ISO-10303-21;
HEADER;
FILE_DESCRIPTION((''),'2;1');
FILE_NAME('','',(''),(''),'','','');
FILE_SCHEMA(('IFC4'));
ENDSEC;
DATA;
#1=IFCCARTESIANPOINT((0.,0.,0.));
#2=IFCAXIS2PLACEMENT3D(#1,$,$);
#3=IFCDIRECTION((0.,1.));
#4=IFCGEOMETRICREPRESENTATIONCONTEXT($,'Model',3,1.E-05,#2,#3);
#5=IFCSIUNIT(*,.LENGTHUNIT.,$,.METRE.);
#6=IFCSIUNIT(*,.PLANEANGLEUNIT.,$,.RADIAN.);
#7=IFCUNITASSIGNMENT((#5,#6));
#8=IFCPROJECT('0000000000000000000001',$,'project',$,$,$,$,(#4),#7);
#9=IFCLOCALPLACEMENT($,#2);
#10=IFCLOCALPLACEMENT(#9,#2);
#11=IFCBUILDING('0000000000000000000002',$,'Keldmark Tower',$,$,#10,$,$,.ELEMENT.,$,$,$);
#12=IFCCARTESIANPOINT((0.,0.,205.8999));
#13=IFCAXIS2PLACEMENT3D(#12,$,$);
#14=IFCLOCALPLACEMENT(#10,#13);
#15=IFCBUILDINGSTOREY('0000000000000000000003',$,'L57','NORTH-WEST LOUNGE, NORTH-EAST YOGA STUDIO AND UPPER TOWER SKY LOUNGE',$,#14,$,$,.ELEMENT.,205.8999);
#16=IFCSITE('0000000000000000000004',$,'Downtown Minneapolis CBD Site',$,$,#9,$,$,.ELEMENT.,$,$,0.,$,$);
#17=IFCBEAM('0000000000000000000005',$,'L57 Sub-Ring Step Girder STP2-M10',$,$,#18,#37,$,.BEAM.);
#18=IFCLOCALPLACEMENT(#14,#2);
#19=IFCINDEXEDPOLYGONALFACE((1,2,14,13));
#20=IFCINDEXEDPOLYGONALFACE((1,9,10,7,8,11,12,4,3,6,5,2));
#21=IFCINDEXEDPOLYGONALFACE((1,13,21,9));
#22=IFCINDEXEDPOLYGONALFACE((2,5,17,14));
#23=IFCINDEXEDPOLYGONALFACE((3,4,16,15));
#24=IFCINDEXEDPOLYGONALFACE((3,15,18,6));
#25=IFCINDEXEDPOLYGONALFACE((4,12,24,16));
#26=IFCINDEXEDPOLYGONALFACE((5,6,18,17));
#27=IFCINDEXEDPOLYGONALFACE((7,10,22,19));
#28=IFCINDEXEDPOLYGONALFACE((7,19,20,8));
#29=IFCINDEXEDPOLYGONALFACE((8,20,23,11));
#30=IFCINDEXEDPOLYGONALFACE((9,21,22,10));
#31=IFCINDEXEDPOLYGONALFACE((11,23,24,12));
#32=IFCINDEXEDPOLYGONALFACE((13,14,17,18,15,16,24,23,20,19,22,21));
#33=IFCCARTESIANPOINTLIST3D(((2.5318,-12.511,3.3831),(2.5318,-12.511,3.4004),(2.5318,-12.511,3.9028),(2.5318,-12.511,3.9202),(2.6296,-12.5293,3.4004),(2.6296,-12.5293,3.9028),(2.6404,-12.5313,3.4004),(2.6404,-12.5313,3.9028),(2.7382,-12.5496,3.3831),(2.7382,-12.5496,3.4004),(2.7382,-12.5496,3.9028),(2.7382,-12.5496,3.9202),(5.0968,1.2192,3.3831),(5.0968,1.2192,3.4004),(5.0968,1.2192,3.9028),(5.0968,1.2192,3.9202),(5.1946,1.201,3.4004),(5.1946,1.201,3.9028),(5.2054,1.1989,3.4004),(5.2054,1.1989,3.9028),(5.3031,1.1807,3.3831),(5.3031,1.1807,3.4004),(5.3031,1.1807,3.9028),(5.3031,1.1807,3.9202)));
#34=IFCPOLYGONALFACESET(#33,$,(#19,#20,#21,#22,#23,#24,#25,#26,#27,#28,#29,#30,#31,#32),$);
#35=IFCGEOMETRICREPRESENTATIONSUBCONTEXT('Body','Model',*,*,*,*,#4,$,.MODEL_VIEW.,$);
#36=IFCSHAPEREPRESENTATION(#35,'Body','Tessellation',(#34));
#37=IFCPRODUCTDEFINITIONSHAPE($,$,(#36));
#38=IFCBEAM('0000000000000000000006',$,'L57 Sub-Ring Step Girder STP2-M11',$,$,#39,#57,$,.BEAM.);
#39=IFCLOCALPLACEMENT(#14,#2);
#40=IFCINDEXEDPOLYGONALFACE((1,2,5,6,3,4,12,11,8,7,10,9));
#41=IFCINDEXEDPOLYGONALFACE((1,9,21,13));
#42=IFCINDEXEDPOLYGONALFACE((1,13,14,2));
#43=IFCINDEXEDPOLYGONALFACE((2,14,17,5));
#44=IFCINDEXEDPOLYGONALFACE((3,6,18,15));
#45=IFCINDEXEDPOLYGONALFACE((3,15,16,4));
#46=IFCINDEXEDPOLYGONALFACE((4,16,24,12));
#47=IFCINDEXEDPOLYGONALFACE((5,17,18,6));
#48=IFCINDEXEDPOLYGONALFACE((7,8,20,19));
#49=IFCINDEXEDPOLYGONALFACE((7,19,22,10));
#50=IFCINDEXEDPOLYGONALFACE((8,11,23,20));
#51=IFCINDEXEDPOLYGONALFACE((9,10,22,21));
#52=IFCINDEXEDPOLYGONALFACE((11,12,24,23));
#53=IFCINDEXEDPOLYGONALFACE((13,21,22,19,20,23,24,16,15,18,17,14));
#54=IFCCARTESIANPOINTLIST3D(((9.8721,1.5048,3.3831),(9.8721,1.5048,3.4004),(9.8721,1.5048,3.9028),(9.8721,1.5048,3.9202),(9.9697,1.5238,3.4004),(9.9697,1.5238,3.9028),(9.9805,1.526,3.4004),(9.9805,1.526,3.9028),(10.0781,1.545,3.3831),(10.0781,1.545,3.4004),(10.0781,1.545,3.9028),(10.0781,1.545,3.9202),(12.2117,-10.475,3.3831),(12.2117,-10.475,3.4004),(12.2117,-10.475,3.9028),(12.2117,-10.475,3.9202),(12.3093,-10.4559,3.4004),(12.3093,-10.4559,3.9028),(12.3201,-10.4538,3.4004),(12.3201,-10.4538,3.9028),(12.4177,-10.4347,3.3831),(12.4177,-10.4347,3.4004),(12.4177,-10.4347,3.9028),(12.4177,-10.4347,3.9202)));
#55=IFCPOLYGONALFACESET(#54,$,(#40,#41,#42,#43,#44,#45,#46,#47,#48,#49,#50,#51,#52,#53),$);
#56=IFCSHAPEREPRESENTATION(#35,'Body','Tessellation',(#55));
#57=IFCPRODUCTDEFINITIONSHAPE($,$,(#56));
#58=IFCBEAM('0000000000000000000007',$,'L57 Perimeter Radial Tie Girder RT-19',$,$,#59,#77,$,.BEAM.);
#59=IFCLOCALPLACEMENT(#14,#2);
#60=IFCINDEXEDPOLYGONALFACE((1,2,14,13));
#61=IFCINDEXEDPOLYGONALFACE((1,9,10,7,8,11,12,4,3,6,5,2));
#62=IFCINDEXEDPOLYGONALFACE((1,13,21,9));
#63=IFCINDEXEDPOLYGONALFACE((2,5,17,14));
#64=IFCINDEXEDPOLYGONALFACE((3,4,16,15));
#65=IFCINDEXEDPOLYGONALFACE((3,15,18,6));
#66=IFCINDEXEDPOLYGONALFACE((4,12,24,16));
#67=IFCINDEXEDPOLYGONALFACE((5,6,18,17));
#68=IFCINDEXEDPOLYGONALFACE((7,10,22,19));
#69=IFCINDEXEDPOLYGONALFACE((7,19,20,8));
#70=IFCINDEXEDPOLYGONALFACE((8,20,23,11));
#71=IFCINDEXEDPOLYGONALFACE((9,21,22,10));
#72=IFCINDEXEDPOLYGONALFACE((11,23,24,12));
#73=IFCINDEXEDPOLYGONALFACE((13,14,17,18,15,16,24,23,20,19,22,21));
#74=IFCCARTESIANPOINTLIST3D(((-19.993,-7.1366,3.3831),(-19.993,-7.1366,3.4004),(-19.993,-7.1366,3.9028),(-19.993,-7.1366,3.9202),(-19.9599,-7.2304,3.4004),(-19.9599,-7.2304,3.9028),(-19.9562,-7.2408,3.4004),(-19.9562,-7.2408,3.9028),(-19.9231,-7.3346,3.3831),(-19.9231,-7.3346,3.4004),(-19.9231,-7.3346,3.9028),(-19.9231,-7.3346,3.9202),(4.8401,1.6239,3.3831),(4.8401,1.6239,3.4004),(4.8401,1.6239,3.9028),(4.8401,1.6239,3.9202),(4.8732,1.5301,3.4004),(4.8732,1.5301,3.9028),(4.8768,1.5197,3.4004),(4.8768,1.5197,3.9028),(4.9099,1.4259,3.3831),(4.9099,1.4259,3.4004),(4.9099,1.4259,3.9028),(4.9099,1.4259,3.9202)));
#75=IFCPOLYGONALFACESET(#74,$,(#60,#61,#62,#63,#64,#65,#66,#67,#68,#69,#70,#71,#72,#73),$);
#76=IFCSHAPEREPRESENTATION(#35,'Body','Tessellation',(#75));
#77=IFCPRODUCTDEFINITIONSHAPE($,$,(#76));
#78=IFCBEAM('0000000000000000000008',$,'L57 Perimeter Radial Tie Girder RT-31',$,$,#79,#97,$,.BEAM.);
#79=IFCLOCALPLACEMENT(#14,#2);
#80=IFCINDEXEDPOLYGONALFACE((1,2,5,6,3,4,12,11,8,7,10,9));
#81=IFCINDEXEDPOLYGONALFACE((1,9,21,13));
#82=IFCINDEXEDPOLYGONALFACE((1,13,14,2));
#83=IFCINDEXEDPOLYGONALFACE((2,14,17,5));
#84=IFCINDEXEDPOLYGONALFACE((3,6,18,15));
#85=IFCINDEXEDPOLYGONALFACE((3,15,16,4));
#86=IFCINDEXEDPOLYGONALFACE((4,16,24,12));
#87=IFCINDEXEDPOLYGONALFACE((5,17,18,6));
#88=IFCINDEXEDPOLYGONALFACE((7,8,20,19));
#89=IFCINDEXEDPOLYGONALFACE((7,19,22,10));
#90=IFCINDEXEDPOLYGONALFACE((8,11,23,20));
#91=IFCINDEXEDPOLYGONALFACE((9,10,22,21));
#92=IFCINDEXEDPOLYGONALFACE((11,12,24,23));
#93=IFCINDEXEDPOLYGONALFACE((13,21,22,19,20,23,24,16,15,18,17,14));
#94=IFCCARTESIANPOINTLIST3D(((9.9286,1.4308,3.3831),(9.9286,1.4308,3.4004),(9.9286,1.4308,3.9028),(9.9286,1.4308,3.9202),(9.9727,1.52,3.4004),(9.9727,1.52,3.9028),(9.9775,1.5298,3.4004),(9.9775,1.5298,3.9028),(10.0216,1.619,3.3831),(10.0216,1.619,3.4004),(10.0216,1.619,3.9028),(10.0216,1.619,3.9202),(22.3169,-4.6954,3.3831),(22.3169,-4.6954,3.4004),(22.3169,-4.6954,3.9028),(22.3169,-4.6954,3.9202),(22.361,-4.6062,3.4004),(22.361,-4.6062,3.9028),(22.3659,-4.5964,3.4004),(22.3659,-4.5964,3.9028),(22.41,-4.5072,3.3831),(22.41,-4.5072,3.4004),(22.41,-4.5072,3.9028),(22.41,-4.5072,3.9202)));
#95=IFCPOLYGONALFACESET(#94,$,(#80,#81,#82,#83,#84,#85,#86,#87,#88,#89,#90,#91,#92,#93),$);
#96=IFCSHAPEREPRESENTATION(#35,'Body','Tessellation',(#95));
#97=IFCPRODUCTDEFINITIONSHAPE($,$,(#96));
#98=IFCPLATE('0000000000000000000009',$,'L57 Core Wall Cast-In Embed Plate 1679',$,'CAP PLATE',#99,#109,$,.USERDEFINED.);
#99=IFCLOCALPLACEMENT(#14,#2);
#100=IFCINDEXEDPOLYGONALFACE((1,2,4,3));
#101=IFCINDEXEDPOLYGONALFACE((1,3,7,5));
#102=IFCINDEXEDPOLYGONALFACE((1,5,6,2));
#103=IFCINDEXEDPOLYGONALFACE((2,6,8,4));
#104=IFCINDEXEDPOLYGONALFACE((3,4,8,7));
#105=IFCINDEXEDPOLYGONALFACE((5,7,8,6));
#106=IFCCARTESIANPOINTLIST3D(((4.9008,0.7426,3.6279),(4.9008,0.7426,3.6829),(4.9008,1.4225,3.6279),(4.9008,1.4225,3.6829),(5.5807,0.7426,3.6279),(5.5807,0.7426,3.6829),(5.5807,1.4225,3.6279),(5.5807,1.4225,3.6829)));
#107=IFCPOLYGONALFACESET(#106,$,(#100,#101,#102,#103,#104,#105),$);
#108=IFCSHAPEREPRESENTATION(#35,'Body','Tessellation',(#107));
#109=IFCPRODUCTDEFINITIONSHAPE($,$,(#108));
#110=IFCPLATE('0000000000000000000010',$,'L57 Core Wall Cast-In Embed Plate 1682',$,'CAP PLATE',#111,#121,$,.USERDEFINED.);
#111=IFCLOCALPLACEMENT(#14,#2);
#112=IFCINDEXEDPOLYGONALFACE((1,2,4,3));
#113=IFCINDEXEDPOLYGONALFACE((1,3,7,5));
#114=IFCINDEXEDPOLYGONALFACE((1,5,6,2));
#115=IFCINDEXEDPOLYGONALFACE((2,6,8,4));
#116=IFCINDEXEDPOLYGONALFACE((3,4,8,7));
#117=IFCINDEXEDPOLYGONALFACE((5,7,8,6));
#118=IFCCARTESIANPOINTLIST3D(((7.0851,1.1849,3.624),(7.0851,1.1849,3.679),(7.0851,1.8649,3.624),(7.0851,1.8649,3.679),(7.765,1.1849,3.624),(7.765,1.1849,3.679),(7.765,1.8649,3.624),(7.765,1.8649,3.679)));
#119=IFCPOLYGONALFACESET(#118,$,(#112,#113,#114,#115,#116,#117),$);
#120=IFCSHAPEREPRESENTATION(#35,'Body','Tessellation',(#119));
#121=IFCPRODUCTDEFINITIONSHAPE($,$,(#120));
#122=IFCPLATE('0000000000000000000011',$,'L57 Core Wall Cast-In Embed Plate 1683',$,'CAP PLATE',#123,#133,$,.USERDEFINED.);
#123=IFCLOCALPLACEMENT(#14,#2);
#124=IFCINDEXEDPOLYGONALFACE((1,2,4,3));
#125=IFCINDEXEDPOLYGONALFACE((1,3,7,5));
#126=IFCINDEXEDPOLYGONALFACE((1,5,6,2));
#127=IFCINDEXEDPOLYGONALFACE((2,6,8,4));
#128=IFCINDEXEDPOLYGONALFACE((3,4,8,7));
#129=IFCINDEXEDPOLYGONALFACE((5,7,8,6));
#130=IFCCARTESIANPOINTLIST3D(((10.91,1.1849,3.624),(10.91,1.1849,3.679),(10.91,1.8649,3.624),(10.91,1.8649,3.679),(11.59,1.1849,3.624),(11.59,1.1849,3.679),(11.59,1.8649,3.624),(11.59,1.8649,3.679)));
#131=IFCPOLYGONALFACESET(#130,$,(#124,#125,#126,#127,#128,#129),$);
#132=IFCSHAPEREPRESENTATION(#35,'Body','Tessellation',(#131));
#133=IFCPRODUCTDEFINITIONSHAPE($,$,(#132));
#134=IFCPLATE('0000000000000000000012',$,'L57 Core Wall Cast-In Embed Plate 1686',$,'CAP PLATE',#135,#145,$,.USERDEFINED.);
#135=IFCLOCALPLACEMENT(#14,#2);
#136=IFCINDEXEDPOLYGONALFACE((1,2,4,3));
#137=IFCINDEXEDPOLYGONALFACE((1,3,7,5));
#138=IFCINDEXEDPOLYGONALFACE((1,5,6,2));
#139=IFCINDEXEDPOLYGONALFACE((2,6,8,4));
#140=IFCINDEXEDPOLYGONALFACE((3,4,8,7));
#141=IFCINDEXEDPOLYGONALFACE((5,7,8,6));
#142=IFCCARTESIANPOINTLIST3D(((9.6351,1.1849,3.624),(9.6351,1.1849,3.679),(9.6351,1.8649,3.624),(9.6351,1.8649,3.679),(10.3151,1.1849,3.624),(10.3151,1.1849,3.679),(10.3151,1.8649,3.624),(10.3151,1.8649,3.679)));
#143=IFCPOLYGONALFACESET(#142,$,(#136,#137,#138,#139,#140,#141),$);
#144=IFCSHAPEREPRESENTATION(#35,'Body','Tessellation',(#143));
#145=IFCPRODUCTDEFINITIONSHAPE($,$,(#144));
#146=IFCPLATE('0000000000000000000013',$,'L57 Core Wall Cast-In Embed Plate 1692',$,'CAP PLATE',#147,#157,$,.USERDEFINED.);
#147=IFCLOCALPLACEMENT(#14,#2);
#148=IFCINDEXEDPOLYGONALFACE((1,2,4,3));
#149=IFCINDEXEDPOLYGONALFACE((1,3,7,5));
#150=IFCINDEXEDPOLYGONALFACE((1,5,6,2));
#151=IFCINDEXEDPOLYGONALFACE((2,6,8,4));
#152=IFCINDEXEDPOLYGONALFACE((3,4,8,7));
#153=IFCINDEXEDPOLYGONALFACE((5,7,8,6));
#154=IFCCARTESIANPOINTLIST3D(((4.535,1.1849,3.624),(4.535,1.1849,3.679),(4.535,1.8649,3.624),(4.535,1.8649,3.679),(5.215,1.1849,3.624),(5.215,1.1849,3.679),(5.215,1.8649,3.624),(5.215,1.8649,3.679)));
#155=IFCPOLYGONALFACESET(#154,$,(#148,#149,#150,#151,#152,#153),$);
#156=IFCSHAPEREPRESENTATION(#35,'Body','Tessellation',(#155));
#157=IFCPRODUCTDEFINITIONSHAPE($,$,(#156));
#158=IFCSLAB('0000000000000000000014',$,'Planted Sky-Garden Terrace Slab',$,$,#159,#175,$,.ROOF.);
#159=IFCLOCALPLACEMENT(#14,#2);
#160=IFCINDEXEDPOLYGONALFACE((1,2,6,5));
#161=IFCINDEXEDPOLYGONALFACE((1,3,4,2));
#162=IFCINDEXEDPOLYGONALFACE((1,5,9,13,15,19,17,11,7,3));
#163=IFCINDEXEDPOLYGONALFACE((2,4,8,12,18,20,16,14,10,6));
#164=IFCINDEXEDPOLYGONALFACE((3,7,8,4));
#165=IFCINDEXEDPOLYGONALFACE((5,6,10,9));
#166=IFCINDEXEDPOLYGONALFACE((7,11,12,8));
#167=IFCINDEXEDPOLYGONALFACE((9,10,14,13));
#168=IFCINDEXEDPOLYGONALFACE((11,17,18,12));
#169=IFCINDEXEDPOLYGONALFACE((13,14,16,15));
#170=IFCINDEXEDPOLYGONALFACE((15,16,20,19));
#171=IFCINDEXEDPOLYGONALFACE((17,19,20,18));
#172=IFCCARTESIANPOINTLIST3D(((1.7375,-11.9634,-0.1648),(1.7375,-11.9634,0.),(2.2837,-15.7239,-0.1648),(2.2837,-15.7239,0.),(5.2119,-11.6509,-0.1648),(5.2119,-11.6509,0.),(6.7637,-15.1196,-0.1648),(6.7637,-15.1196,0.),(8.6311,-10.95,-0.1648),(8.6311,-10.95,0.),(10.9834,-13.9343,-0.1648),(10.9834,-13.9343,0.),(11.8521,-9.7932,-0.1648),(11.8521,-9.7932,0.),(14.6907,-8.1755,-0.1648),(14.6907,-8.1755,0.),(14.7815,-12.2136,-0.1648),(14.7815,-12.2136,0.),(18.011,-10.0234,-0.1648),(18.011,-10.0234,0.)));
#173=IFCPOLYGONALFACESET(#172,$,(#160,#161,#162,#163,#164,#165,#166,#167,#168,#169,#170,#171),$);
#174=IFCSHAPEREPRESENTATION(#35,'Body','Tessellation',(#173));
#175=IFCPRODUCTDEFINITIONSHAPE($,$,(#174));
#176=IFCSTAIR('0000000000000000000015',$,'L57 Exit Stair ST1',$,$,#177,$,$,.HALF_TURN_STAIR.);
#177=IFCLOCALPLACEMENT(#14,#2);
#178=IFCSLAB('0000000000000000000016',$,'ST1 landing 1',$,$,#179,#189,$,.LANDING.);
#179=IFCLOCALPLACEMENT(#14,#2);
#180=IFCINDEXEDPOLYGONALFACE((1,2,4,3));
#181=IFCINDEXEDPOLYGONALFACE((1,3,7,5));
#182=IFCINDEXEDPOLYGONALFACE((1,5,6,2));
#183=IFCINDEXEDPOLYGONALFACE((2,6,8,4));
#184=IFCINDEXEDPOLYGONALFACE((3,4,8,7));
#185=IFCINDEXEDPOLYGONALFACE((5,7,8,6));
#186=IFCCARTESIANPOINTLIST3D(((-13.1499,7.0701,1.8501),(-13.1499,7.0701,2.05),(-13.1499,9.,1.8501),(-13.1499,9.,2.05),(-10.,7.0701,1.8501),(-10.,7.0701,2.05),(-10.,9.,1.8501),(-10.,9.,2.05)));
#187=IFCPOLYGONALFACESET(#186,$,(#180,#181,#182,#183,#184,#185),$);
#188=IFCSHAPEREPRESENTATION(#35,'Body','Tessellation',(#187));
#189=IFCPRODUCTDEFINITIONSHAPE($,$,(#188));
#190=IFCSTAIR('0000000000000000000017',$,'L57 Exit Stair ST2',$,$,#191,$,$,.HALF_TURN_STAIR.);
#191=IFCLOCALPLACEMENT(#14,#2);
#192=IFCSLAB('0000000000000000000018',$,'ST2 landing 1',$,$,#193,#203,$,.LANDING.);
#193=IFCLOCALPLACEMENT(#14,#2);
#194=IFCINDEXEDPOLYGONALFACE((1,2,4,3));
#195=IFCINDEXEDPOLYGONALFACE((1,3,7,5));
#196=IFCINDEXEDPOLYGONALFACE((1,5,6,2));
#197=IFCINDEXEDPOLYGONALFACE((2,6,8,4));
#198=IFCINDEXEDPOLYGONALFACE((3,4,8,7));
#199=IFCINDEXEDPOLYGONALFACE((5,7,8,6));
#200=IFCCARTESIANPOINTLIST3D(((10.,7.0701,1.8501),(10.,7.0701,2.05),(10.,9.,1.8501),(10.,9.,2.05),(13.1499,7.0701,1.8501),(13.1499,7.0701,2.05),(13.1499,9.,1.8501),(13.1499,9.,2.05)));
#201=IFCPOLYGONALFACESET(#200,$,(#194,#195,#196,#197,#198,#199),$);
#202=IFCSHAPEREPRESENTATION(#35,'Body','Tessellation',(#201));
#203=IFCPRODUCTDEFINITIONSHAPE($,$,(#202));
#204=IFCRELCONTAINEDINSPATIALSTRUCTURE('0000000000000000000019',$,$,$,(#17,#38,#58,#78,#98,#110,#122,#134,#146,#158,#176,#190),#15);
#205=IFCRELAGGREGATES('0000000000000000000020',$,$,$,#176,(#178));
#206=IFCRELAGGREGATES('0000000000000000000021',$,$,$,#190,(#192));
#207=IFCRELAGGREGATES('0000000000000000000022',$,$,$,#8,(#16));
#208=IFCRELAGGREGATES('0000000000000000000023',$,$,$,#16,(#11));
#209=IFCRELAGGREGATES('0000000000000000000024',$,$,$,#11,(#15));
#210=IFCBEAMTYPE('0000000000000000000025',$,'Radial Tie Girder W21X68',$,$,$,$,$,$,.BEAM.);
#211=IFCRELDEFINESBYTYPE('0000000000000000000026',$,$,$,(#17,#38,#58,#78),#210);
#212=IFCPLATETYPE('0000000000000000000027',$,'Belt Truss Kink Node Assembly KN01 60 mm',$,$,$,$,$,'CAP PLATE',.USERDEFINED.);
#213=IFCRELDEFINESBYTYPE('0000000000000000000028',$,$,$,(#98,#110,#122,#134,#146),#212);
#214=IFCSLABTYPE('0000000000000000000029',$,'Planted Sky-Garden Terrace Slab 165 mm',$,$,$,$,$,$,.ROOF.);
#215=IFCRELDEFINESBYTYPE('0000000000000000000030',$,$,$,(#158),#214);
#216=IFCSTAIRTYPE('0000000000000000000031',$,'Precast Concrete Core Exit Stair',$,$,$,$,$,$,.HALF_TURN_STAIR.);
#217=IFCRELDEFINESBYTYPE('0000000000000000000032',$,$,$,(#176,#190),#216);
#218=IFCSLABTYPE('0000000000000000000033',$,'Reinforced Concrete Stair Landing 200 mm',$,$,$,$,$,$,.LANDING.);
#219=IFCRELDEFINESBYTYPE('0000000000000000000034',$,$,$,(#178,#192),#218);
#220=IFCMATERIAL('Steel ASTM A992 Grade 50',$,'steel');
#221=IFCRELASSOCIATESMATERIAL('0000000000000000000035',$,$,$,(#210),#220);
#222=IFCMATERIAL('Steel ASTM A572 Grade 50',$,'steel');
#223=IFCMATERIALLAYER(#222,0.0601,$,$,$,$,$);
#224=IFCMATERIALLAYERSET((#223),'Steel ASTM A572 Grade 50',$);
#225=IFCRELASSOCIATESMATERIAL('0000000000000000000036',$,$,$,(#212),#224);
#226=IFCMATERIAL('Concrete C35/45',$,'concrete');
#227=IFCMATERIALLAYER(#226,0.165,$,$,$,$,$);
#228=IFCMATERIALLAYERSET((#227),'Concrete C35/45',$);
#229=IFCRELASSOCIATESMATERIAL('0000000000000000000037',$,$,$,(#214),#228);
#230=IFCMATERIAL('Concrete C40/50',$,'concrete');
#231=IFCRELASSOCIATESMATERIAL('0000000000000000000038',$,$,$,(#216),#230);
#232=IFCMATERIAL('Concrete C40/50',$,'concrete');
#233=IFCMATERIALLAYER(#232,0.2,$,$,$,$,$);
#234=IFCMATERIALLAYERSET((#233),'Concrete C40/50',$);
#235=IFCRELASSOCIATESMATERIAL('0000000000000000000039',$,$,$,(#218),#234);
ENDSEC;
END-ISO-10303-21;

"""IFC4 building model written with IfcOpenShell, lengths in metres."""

from ifc_helpers import new_model, si_unit, direction, frame, origin, origin_2d, place, context, subcontext, project, spatial, polyline, rectangle, i_section, outline, extrude, material, layer, layer_set, material_profile, profile_set, type_object, element, aggregate, save


model = new_model("IFC4")

# Units and contexts
model_context = context("Model", 3, precision=1e-05, world=origin(), true_north=direction((0.0, 1.0)))
body_context = subcontext(model_context, "Body", "Model", "MODEL_VIEW")
ifc_project = project(units=[si_unit("LENGTHUNIT", "METRE"), si_unit("PLANEANGLEUNIT", "RADIAN")], contexts=[model_context])

# Site, building, storey
site_placement = place(None, origin())
site = spatial("IfcSite", under=ifc_project, at=site_placement, Name="Downtown Minneapolis CBD Site", CompositionType="ELEMENT", RefElevation=0.0)
building_placement = place(site_placement, origin())
building = spatial("IfcBuilding", under=site, at=building_placement, Name="Keldmark Tower", CompositionType="ELEMENT")
storey_placement = place(building_placement, frame((0.0, 0.0, 205.8999)))
storey = spatial("IfcBuildingStorey", under=building, at=storey_placement, Name="L57", Description="NORTH-WEST LOUNGE, NORTH-EAST YOGA STUDIO AND UPPER TOWER SKY LOUNGE", CompositionType="ELEMENT", Elevation=205.8999)

# Beams
ifc_material_1 = material(Name="Steel ASTM A992 Grade 50", Category="steel")
ifc_material_profile_1 = material_profile(ifc_material_1, i_section(OverallWidth=0.21, OverallDepth=0.5371, WebThickness=0.011, FlangeThickness=0.0173, at=origin_2d()), Name="W21X68")
ifc_profile_set_1 = profile_set([ifc_material_profile_1], Name="Steel ASTM A992 Grade 50")
beam_type_1 = type_object("IfcBeamType", Name="Radial Tie Girder W21X68", PredefinedType="BEAM", material=ifc_profile_set_1)
beam_1_placement = place(storey_placement, frame((5.2, 1.2, 3.6516), z_axis=(-0.183633, -0.982995, 0.0), x_axis=(0.982995, -0.183633, 0.0)))
element("IfcBeam", 1, at=beam_1_placement, inside=storey, type_object=beam_type_1, Name="L57 Sub-Ring Step Girder STP2-M10", PredefinedType="BEAM", context=body_context, shape_type="SweptSolid", body=[
    extrude(i_section(OverallWidth=0.21, OverallDepth=0.5371, WebThickness=0.011, FlangeThickness=0.0173, at=origin_2d()), origin(), (0.0, 0.0, 1.0), 13.9678),
])
beam_2_placement = place(storey_placement, frame((9.9751, 1.5249, 3.6516), z_axis=(0.191675, -0.981458, 0.0), x_axis=(0.981458, 0.191675, 0.0)))
element("IfcBeam", 2, at=beam_2_placement, inside=storey, type_object=beam_type_1, Name="L57 Sub-Ring Step Girder STP2-M11", PredefinedType="BEAM", context=body_context, shape_type="SweptSolid", body=[
    extrude(i_section(OverallWidth=0.21, OverallDepth=0.5371, WebThickness=0.011, FlangeThickness=0.0173, at=origin_2d()), origin(), (0.0, 0.0, 1.0), 12.2061),
])
beam_3_placement = place(storey_placement, frame((4.875, 1.5249, 3.6516), z_axis=(-0.943039, -0.332682, 0.0), x_axis=(0.332682, -0.943039, 0.0)))
element("IfcBeam", 3, at=beam_3_placement, inside=storey, type_object=beam_type_1, Name="L57 Perimeter Radial Tie Girder RT-19", PredefinedType="BEAM", context=body_context, shape_type="SweptSolid", body=[
    extrude(i_section(OverallWidth=0.21, OverallDepth=0.5371, WebThickness=0.011, FlangeThickness=0.0173, at=origin_2d()), origin(), (0.0, 0.0, 1.0), 26.333),
])
beam_4_placement = place(storey_placement, frame((9.9751, 1.5249, 3.6516), z_axis=(0.896386, -0.443273, 0.0), x_axis=(0.443273, 0.896386, 0.0)))
element("IfcBeam", 4, at=beam_4_placement, inside=storey, type_object=beam_type_1, Name="L57 Perimeter Radial Tie Girder RT-31", PredefinedType="BEAM", context=body_context, shape_type="SweptSolid", body=[
    extrude(i_section(OverallWidth=0.21, OverallDepth=0.5371, WebThickness=0.011, FlangeThickness=0.0173, at=origin_2d()), origin(), (0.0, 0.0, 1.0), 13.8203),
])

# Plates
ifc_material_2 = material(Name="Steel ASTM A572 Grade 50", Category="steel")
ifc_layer_1 = layer(ifc_material_2, 0.0601)
ifc_layer_set_1 = layer_set([ifc_layer_1], Name="Steel ASTM A572 Grade 50")
plate_type = type_object("IfcPlateType", Name="Belt Truss Kink Node Assembly KN01 60 mm", ElementType="CAP PLATE", PredefinedType="USERDEFINED", material=ifc_layer_set_1)
for number, where, z_axis, x_axis, name in (
    (5, (5.2407, 1.0825, 3.6279), (0.0, 0.0, 1.0), (1.0, 0.0, 0.0), "L57 Core Wall Cast-In Embed Plate 1679"),
    (6, (7.425, 1.5249, 3.624), (0.0, 0.0, 1.0), (1.0, 0.0, 0.0), "L57 Core Wall Cast-In Embed Plate 1682"),
    (7, (11.25, 1.5249, 3.624), (0.0, 0.0, 1.0), (1.0, 0.0, 0.0), "L57 Core Wall Cast-In Embed Plate 1683"),
    (8, (9.9751, 1.5249, 3.624), (0.0, 0.0, 1.0), (1.0, 0.0, 0.0), "L57 Core Wall Cast-In Embed Plate 1686"),
    (9, (4.875, 1.5249, 3.624), (0.0, 0.0, 1.0), (1.0, 0.0, 0.0), "L57 Core Wall Cast-In Embed Plate 1692"),
):
    element("IfcPlate", number, at=place(storey_placement, frame(where, z_axis=z_axis, x_axis=x_axis)), inside=storey, type_object=plate_type, Name=name, ObjectType="CAP PLATE", PredefinedType="USERDEFINED", context=body_context, shape_type="SweptSolid", body=[
        extrude(rectangle(XDim=0.6799, YDim=0.6799, at=origin_2d()), origin(), (0.0, 0.0, 1.0), 0.0549),
    ])

# Slab
ifc_material_3 = material(Name="Concrete C35/45", Category="concrete")
ifc_layer_2 = layer(ifc_material_3, 0.165)
ifc_layer_set_2 = layer_set([ifc_layer_2], Name="Concrete C35/45")
slab_type_1 = type_object("IfcSlabType", Name="Planted Sky-Garden Terrace Slab 165 mm", PredefinedType="ROOF", material=ifc_layer_set_2)
slab_1_placement = place(storey_placement, frame((0.0, 0.0, -0.1648)))
element("IfcSlab", 10, at=slab_1_placement, inside=storey, type_object=slab_type_1, Name="Planted Sky-Garden Terrace Slab", PredefinedType="ROOF", context=body_context, shape_type="SweptSolid", body=[
    extrude(outline(polyline([(2.2837, -15.7239), (6.7637, -15.1196), (10.9834, -13.9343), (14.7815, -12.2136), (18.011, -10.0234), (14.6907, -8.1755), (11.8521, -9.7932), (8.6311, -10.95), (5.2119, -11.6509), (1.7375, -11.9634), (2.2837, -15.7239)])), origin(), (0.0, 0.0, 1.0), 0.1648),
])

# Stairs, slabs
ifc_material_4 = material(Name="Concrete C40/50", Category="concrete")
stair_type = type_object("IfcStairType", Name="Precast Concrete Core Exit Stair", PredefinedType="HALF_TURN_STAIR", material=ifc_material_4)
stair_1_placement = place(storey_placement, origin())
stair_1 = element("IfcStair", 11, at=stair_1_placement, inside=storey, type_object=stair_type, Name="L57 Exit Stair ST1", PredefinedType="HALF_TURN_STAIR")
ifc_material_5 = material(Name="Concrete C40/50", Category="concrete")
ifc_layer_3 = layer(ifc_material_5, 0.2)
ifc_layer_set_3 = layer_set([ifc_layer_3], Name="Concrete C40/50")
slab_type_2 = type_object("IfcSlabType", Name="Reinforced Concrete Stair Landing 200 mm", PredefinedType="LANDING", material=ifc_layer_set_3)
slab_2_placement = place(storey_placement, frame((0.0, 0.0, 1.8501)))
slab_2 = element("IfcSlab", 12, at=slab_2_placement, type_object=slab_type_2, Name="ST1 landing 1", PredefinedType="LANDING", context=body_context, shape_type="SweptSolid", body=[
    extrude(outline(polyline([(-10.0, 7.0701), (-10.0, 9.0), (-13.1499, 9.0), (-13.1499, 7.0701), (-10.0, 7.0701)])), origin(), (0.0, 0.0, 1.0), 0.2),
])
aggregate(stair_1, [slab_2])
stair_2_placement = place(storey_placement, origin())
stair_2 = element("IfcStair", 13, at=stair_2_placement, inside=storey, type_object=stair_type, Name="L57 Exit Stair ST2", PredefinedType="HALF_TURN_STAIR")
slab_3_placement = place(storey_placement, frame((0.0, 0.0, 1.8501)))
slab_3 = element("IfcSlab", 14, at=slab_3_placement, type_object=slab_type_2, Name="ST2 landing 1", PredefinedType="LANDING", context=body_context, shape_type="SweptSolid", body=[
    extrude(outline(polyline([(13.1499, 7.0701), (13.1499, 9.0), (10.0, 9.0), (10.0, 7.0701), (13.1499, 7.0701)])), origin(), (0.0, 0.0, 1.0), 0.2),
])
aggregate(stair_2, [slab_3])

save(model, "model.ifc")
